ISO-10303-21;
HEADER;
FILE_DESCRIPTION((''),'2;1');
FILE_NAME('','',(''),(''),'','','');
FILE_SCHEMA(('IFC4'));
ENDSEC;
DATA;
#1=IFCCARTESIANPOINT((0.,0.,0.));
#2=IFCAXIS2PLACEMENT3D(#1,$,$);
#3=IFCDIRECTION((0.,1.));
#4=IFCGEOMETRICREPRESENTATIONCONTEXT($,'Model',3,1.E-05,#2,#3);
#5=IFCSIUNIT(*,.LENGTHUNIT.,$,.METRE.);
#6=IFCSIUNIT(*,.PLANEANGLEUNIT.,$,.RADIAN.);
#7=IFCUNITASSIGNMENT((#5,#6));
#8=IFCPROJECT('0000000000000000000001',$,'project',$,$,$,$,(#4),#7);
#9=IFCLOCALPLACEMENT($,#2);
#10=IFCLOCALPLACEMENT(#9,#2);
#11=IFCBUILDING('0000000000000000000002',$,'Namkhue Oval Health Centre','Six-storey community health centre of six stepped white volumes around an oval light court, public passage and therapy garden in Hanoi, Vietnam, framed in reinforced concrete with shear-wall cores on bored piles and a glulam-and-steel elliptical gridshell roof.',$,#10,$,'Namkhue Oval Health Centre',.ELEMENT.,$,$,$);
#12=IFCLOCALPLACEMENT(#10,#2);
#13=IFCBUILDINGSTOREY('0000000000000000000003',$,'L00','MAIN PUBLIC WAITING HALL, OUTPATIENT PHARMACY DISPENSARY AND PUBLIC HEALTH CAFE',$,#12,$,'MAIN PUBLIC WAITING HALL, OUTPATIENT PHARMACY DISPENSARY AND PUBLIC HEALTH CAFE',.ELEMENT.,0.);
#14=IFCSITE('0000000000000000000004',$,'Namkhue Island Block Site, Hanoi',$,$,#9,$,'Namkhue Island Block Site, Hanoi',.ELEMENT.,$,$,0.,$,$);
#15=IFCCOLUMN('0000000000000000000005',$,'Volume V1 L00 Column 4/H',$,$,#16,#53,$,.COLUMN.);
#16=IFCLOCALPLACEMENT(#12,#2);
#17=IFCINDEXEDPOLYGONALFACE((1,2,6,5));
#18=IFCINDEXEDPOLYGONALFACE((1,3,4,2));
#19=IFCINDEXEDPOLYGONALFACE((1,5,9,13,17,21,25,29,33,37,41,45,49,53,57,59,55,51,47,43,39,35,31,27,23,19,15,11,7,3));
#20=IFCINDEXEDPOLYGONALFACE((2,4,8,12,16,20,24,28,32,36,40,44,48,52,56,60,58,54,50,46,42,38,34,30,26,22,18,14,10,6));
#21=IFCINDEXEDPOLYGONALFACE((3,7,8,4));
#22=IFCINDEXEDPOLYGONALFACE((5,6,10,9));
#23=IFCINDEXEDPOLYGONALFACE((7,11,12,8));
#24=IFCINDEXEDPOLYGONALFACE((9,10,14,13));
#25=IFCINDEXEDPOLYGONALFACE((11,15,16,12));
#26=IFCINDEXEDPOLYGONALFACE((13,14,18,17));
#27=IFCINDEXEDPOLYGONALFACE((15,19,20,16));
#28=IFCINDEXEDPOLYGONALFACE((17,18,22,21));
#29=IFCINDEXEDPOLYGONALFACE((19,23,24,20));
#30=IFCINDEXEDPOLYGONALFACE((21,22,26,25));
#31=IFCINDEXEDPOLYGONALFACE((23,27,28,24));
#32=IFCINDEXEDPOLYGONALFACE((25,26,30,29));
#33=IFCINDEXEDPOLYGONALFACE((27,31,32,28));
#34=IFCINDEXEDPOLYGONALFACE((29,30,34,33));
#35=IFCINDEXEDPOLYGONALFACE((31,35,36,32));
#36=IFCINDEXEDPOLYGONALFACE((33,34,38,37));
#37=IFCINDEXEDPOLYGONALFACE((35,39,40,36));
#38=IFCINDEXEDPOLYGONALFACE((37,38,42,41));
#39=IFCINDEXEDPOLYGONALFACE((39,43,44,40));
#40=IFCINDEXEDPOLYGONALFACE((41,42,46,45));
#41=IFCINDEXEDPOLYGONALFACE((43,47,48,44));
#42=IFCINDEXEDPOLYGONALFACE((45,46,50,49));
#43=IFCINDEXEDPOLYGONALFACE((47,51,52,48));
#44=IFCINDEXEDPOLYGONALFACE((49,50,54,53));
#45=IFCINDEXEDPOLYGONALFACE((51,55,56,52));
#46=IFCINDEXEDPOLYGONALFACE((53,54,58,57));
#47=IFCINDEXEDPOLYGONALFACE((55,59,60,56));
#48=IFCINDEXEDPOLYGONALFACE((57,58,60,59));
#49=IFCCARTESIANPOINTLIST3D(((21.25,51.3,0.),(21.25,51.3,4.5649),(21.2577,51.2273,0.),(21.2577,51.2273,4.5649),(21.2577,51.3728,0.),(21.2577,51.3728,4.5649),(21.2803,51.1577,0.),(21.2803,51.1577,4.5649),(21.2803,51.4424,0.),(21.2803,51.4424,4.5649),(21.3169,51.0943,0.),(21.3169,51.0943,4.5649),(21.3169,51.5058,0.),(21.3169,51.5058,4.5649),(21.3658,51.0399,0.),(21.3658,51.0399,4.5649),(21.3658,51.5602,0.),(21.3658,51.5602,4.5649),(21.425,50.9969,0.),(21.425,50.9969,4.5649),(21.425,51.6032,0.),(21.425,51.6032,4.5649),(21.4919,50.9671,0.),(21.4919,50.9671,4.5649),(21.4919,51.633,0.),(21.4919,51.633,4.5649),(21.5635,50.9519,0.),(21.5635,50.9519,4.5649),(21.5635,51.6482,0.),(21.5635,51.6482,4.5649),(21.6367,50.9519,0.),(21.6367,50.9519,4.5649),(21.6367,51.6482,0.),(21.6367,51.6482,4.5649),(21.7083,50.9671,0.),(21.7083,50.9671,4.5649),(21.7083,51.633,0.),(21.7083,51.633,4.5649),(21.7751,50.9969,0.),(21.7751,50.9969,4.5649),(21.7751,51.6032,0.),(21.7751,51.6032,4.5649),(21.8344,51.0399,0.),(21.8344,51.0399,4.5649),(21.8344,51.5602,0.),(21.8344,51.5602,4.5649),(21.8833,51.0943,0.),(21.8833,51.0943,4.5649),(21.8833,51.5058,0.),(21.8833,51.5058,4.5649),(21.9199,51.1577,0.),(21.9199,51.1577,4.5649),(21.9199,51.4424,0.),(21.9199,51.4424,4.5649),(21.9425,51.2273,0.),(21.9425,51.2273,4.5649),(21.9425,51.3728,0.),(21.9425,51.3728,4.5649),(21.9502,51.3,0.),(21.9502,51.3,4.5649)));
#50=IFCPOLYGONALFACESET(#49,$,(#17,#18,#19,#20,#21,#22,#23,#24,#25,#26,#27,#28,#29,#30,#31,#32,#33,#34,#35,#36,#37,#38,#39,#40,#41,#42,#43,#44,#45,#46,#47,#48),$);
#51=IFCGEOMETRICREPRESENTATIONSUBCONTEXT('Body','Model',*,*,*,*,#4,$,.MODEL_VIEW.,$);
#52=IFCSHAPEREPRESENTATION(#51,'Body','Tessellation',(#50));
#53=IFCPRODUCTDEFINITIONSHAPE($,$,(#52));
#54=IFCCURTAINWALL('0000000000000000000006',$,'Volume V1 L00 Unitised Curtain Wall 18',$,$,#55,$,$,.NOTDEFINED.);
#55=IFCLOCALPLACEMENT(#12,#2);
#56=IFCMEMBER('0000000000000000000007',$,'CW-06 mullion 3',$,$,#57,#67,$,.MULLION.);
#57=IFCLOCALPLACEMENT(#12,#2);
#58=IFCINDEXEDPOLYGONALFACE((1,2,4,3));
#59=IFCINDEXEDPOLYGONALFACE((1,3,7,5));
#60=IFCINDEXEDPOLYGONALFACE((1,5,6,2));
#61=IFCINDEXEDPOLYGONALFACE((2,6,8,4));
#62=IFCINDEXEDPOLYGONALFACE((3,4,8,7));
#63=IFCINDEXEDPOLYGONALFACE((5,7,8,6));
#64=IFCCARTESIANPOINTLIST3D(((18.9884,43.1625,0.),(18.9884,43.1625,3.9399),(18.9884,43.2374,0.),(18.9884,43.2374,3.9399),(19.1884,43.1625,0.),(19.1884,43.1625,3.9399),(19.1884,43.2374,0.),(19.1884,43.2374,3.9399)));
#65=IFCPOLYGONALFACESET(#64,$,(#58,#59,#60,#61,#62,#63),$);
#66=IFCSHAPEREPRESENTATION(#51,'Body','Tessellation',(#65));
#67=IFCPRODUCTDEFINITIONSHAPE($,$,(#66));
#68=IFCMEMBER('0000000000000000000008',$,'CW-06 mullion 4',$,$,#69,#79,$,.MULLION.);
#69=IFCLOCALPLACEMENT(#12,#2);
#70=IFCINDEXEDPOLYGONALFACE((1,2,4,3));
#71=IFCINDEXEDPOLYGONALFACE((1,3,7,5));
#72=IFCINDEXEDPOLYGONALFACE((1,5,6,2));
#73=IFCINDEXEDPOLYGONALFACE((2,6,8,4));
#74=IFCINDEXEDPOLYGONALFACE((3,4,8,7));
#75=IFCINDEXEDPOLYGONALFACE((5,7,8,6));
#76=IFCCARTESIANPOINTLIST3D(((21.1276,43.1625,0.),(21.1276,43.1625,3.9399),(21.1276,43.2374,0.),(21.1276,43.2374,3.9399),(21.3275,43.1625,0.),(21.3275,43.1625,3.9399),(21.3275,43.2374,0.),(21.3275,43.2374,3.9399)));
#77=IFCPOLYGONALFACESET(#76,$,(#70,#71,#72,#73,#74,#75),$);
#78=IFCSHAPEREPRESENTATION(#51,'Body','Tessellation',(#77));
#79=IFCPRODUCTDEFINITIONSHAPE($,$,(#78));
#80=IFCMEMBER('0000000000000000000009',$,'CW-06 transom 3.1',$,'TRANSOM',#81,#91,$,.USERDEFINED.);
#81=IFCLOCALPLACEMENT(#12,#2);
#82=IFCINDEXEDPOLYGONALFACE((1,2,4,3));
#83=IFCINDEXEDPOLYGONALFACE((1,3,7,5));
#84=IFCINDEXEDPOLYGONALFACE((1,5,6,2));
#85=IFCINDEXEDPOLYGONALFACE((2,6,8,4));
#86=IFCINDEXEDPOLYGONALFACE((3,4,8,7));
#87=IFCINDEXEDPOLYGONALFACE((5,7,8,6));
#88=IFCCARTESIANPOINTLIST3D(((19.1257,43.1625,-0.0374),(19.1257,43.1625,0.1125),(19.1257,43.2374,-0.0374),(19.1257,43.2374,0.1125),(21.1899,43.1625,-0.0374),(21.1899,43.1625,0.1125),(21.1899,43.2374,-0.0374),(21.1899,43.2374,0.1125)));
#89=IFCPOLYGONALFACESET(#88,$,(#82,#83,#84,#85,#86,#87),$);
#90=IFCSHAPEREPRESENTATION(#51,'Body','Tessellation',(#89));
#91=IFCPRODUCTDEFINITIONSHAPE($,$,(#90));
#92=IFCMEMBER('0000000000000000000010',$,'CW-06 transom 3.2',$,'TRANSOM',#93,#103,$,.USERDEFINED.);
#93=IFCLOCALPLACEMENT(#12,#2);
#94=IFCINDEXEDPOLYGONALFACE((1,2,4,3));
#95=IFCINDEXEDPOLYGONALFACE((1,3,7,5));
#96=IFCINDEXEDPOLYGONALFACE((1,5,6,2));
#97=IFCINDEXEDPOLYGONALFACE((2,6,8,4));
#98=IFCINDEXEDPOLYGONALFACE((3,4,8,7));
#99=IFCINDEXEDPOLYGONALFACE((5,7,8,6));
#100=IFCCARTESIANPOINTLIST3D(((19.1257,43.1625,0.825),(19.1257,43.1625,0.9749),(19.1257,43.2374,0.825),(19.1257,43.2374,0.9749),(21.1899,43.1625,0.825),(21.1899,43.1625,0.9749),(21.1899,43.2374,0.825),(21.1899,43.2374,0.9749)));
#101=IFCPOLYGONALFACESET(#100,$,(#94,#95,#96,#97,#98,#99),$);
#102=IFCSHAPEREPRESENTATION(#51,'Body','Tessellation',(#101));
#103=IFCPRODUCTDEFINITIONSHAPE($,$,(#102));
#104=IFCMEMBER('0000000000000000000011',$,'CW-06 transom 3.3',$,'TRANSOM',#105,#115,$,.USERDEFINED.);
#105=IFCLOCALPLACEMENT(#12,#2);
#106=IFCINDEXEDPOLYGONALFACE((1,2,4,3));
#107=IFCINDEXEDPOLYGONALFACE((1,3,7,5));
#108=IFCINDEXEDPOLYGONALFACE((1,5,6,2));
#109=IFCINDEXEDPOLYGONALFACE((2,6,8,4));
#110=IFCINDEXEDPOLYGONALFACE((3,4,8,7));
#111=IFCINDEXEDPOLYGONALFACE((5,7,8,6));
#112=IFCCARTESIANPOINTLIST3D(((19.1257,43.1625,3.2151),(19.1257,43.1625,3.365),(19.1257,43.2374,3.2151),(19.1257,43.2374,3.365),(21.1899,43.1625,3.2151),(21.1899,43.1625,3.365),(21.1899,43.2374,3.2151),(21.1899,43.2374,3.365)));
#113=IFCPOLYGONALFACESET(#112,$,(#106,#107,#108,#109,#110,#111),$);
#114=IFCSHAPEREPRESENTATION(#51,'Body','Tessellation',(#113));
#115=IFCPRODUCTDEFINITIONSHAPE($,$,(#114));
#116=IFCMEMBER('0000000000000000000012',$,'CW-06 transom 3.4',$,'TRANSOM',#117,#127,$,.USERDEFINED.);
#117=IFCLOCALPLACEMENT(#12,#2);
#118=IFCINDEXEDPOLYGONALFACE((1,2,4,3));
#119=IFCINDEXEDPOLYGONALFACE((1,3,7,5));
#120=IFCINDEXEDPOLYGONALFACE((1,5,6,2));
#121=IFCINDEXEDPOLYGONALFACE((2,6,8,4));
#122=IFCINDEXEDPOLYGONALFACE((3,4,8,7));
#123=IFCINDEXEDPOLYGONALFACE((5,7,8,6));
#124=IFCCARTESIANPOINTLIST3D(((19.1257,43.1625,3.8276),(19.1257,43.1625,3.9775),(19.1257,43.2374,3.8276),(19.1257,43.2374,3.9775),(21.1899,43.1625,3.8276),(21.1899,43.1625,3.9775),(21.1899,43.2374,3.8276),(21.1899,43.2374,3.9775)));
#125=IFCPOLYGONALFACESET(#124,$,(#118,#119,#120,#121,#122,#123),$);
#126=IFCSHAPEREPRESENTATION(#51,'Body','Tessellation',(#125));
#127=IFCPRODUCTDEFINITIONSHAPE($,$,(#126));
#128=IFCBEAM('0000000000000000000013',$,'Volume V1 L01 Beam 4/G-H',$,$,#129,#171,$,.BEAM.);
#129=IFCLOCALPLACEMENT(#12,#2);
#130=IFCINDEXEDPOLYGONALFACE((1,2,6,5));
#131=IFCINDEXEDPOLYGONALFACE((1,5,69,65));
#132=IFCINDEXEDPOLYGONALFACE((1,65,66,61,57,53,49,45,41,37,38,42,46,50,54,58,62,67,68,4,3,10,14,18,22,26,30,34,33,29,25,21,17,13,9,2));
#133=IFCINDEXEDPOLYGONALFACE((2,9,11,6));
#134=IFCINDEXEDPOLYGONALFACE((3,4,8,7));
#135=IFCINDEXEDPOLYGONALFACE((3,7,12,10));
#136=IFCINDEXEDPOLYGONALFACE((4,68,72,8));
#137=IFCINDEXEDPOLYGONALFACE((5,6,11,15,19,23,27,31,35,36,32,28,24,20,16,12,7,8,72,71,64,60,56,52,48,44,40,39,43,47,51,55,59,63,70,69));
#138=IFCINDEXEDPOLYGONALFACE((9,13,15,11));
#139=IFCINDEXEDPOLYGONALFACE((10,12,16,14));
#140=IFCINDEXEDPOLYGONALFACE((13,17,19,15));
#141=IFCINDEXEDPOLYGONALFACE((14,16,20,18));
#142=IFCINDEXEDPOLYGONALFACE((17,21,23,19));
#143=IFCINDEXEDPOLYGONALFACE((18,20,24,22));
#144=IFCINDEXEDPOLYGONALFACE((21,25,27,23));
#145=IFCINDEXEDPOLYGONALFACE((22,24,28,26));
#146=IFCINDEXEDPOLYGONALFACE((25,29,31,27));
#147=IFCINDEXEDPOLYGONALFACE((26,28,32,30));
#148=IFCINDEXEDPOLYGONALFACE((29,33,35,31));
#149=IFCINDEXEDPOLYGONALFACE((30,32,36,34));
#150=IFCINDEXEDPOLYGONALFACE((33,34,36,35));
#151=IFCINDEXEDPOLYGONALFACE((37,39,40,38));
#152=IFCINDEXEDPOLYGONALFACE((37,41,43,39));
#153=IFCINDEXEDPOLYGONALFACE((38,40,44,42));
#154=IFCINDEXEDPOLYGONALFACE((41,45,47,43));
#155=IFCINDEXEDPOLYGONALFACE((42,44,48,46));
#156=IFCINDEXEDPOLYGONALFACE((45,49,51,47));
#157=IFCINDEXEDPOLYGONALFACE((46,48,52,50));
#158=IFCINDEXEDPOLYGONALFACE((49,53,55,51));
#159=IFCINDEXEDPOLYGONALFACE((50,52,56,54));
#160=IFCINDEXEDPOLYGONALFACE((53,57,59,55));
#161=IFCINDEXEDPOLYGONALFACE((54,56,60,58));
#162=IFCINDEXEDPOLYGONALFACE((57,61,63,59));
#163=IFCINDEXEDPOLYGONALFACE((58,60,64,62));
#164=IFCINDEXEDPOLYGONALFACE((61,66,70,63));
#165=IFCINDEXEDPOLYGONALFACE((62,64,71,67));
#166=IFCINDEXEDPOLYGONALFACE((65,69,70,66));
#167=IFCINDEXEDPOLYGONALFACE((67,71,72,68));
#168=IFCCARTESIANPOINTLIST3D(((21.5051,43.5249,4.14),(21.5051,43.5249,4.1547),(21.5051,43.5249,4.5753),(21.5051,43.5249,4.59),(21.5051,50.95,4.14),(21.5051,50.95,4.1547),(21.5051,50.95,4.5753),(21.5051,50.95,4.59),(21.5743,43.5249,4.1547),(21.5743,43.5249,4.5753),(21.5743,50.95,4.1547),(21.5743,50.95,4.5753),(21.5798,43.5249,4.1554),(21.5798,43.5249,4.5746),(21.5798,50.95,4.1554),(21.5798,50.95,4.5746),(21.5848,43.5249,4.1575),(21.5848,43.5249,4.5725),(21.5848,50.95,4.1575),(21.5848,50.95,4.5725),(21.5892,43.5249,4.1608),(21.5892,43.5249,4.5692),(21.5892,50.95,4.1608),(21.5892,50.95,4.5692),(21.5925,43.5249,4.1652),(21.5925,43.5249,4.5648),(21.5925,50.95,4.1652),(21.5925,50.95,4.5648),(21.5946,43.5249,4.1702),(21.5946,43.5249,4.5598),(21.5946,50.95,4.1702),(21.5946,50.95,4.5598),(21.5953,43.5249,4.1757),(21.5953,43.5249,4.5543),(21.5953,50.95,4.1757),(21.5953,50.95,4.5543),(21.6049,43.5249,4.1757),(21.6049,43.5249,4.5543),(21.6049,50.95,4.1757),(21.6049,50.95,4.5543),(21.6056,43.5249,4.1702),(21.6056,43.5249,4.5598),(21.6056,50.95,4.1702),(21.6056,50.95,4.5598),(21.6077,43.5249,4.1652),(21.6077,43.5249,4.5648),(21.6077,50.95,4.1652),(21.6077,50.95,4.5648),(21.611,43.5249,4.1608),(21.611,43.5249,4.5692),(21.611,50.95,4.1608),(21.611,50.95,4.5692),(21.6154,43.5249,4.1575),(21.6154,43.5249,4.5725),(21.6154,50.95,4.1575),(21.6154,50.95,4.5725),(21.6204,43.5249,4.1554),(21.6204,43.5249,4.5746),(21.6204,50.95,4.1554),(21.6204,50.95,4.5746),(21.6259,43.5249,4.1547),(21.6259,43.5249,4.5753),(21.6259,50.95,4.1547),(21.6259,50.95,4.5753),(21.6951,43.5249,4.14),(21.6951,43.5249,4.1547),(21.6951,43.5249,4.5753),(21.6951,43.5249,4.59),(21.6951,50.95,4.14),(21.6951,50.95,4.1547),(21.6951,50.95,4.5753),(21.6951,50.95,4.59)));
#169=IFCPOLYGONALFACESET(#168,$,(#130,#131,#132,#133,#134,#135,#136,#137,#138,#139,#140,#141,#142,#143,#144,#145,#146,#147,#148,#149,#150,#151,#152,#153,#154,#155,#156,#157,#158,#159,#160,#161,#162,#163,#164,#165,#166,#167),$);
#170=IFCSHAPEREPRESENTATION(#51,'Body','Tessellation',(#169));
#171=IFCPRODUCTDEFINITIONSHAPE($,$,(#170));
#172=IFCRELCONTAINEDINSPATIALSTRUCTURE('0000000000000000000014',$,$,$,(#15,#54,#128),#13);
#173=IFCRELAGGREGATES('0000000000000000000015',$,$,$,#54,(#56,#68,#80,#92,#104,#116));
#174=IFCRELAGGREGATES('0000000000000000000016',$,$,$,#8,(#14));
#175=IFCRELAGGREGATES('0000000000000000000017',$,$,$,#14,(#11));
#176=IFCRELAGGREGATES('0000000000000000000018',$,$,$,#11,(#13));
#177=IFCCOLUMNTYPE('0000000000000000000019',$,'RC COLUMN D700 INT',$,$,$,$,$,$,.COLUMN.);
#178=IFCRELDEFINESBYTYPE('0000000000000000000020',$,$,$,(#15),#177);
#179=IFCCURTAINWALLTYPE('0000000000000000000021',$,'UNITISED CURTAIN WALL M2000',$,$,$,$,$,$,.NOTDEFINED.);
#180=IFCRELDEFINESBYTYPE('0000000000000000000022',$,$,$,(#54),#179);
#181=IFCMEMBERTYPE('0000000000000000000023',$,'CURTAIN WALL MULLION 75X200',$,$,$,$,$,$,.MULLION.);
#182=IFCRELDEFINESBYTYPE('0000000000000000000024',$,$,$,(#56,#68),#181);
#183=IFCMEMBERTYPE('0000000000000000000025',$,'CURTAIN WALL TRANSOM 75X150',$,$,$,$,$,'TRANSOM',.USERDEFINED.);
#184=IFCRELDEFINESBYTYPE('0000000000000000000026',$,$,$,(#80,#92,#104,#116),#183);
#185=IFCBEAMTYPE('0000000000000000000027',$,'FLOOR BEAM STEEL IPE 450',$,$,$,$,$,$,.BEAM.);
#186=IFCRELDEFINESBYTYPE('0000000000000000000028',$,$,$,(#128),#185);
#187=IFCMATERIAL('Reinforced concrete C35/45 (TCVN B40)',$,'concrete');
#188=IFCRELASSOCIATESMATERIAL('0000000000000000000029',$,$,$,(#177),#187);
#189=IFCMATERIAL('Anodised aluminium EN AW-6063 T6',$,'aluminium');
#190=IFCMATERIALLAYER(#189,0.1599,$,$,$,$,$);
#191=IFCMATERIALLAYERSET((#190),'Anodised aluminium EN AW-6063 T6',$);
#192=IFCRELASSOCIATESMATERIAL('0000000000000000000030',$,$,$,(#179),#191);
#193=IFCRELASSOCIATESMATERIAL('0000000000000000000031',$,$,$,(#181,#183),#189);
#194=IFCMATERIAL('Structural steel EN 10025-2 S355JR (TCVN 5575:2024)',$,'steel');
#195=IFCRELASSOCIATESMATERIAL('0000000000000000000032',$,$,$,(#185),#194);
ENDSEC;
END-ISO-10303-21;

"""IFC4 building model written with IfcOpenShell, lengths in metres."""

from ifc_helpers import new_model, si_unit, direction, frame, origin, origin_2d, place, context, subcontext, project, spatial, rectangle, circle, i_section, extrude, material, layer, layer_set, material_profile, profile_set, type_object, element, aggregate, save


model = new_model("IFC4")

# Units and contexts
model_context = context("Model", 3, precision=1e-05, world=origin(), true_north=direction((0.0, 1.0)))
body_context = subcontext(model_context, "Body", "Model", "MODEL_VIEW")
ifc_project = project(units=[si_unit("LENGTHUNIT", "METRE"), si_unit("PLANEANGLEUNIT", "RADIAN")], contexts=[model_context])

# Site, building, storey
site_placement = place(None, origin())
site = spatial("IfcSite", under=ifc_project, at=site_placement, Name="Namkhue Island Block Site, Hanoi", LongName="Namkhue Island Block Site, Hanoi", CompositionType="ELEMENT", RefElevation=0.0)
building_placement = place(site_placement, origin())
building = spatial("IfcBuilding", under=site, at=building_placement, Name="Namkhue Oval Health Centre", Description="Six-storey community health centre of six stepped white volumes around an oval light court, public passage and therapy garden in Hanoi, Vietnam, framed in reinforced concrete with shear-wall cores on bored piles and a glulam-and-steel elliptical gridshell roof.", LongName="Namkhue Oval Health Centre", CompositionType="ELEMENT")
storey_placement = place(building_placement, origin())
storey = spatial("IfcBuildingStorey", under=building, at=storey_placement, Name="L00", Description="MAIN PUBLIC WAITING HALL, OUTPATIENT PHARMACY DISPENSARY AND PUBLIC HEALTH CAFE", LongName="MAIN PUBLIC WAITING HALL, OUTPATIENT PHARMACY DISPENSARY AND PUBLIC HEALTH CAFE", CompositionType="ELEMENT", Elevation=0.0)

# Column
ifc_material_1 = material(Name="Reinforced concrete C35/45 (TCVN B40)", Category="concrete")
ifc_material_profile_1 = material_profile(ifc_material_1, circle(Radius=0.3501, at=origin_2d()), Name="RC D700")
ifc_profile_set_1 = profile_set([ifc_material_profile_1], Name="Reinforced concrete C35/45 (TCVN B40)")
column_type_1 = type_object("IfcColumnType", Name="RC COLUMN D700 INT", PredefinedType="COLUMN", material=ifc_profile_set_1)
column_1_placement = place(storey_placement, frame((21.6001, 51.3, 0.0), z_axis=(0.0, 0.0, 1.0), x_axis=(1.0, 0.0, 0.0)))
element("IfcColumn", 1, at=column_1_placement, inside=storey, type_object=column_type_1, Name="Volume V1 L00 Column 4/H", PredefinedType="COLUMN", context=body_context, shape_type="SweptSolid", body=[
    extrude(circle(Radius=0.3501, at=origin_2d()), origin(), (0.0, 0.0, 1.0), 4.5649),
])

# Curtain wall, members
ifc_material_2 = material(Name="Anodised aluminium EN AW-6063 T6", Category="aluminium")
ifc_layer_1 = layer(ifc_material_2, 0.1599)
ifc_layer_set_1 = layer_set([ifc_layer_1], Name="Anodised aluminium EN AW-6063 T6")
curtain_wall_type = type_object("IfcCurtainWallType", Name="UNITISED CURTAIN WALL M2000", PredefinedType="NOTDEFINED", material=ifc_layer_set_1)
curtain_wall_placement = place(storey_placement, origin())
curtain_wall = element("IfcCurtainWall", 2, at=curtain_wall_placement, inside=storey, type_object=curtain_wall_type, Name="Volume V1 L00 Unitised Curtain Wall 18", PredefinedType="NOTDEFINED")
ifc_material_profile_2 = material_profile(ifc_material_2, rectangle(XDim=0.075, YDim=0.2, at=origin_2d()), Name="ALU 75x200")
ifc_profile_set_2 = profile_set([ifc_material_profile_2], Name="Anodised aluminium EN AW-6063 T6")
member_type_1 = type_object("IfcMemberType", Name="CURTAIN WALL MULLION 75X200", PredefinedType="MULLION", material=ifc_profile_set_2)
member_1_placement = place(storey_placement, frame((19.0884, 43.2, 0.0), z_axis=(0.0, 0.0, 1.0), x_axis=(0.0, 1.0, 0.0)))
member_1 = element("IfcMember", 3, at=member_1_placement, type_object=member_type_1, Name="CW-06 mullion 3", PredefinedType="MULLION", context=body_context, shape_type="SweptSolid", body=[
    extrude(rectangle(XDim=0.075, YDim=0.2, at=origin_2d()), origin(), (0.0, 0.0, 1.0), 3.9399),
])
member_2_placement = place(storey_placement, frame((21.2275, 43.2, 0.0), z_axis=(0.0, 0.0, 1.0), x_axis=(0.0, 1.0, 0.0)))
member_2 = element("IfcMember", 4, at=member_2_placement, type_object=member_type_1, Name="CW-06 mullion 4", PredefinedType="MULLION", context=body_context, shape_type="SweptSolid", body=[
    extrude(rectangle(XDim=0.075, YDim=0.2, at=origin_2d()), origin(), (0.0, 0.0, 1.0), 3.9399),
])
ifc_material_profile_3 = material_profile(ifc_material_2, rectangle(XDim=0.075, YDim=0.1499, at=origin_2d()), Name="ALU 75x150")
ifc_profile_set_3 = profile_set([ifc_material_profile_3], Name="Anodised aluminium EN AW-6063 T6")
member_type_2 = type_object("IfcMemberType", Name="CURTAIN WALL TRANSOM 75X150", ElementType="TRANSOM", PredefinedType="USERDEFINED", material=ifc_profile_set_3)
member_3_placement = place(storey_placement, frame((19.1257, 43.2, 0.0376), z_axis=(1.0, 0.0, 0.0), x_axis=(0.0, 1.0, 0.0)))
member_3 = element("IfcMember", 5, at=member_3_placement, type_object=member_type_2, Name="CW-06 transom 3.1", ObjectType="TRANSOM", PredefinedType="USERDEFINED", context=body_context, shape_type="SweptSolid", body=[
    extrude(rectangle(XDim=0.075, YDim=0.1499, at=origin_2d()), origin(), (0.0, 0.0, 1.0), 2.0642),
])
member_4_placement = place(storey_placement, frame((19.1257, 43.2, 0.8999), z_axis=(1.0, 0.0, 0.0), x_axis=(0.0, 1.0, 0.0)))
member_4 = element("IfcMember", 6, at=member_4_placement, type_object=member_type_2, Name="CW-06 transom 3.2", ObjectType="TRANSOM", PredefinedType="USERDEFINED", context=body_context, shape_type="SweptSolid", body=[
    extrude(rectangle(XDim=0.075, YDim=0.1499, at=origin_2d()), origin(), (0.0, 0.0, 1.0), 2.0642),
])
member_5_placement = place(storey_placement, frame((19.1257, 43.2, 3.29), z_axis=(1.0, 0.0, 0.0), x_axis=(0.0, 1.0, 0.0)))
member_5 = element("IfcMember", 7, at=member_5_placement, type_object=member_type_2, Name="CW-06 transom 3.3", ObjectType="TRANSOM", PredefinedType="USERDEFINED", context=body_context, shape_type="SweptSolid", body=[
    extrude(rectangle(XDim=0.075, YDim=0.1499, at=origin_2d()), origin(), (0.0, 0.0, 1.0), 2.0642),
])
member_6_placement = place(storey_placement, frame((19.1257, 43.2, 3.9026), z_axis=(1.0, 0.0, 0.0), x_axis=(0.0, 1.0, 0.0)))
member_6 = element("IfcMember", 8, at=member_6_placement, type_object=member_type_2, Name="CW-06 transom 3.4", ObjectType="TRANSOM", PredefinedType="USERDEFINED", context=body_context, shape_type="SweptSolid", body=[
    extrude(rectangle(XDim=0.075, YDim=0.1499, at=origin_2d()), origin(), (0.0, 0.0, 1.0), 2.0642),
])

# Beam
ifc_material_3 = material(Name="Structural steel EN 10025-2 S355JR (TCVN 5575:2024)", Category="steel")
ifc_material_profile_4 = material_profile(ifc_material_3, i_section(OverallWidth=0.1899, OverallDepth=0.45, WebThickness=0.0095, FlangeThickness=0.0146, FilletRadius=0.021, at=origin_2d()), Name="IPE 450")
ifc_profile_set_4 = profile_set([ifc_material_profile_4], Name="Structural steel EN 10025-2 S355JR (TCVN 5575:2024)")
beam_type_1 = type_object("IfcBeamType", Name="FLOOR BEAM STEEL IPE 450", PredefinedType="BEAM", material=ifc_profile_set_4)
beam_1_placement = place(storey_placement, frame((21.6001, 43.5249, 4.365), z_axis=(0.0, 1.0, 0.0), x_axis=(-1.0, 0.0, 0.0)))
element("IfcBeam", 9, at=beam_1_placement, inside=storey, type_object=beam_type_1, Name="Volume V1 L01 Beam 4/G-H", PredefinedType="BEAM", context=body_context, shape_type="SweptSolid", body=[
    extrude(i_section(OverallWidth=0.1899, OverallDepth=0.45, WebThickness=0.0095, FlangeThickness=0.0146, FilletRadius=0.021, at=origin_2d()), origin(), (0.0, 0.0, 1.0), 7.425),
])

aggregate(curtain_wall, [member_1, member_2, member_3, member_4, member_5, member_6])

save(model, "model.ifc")
